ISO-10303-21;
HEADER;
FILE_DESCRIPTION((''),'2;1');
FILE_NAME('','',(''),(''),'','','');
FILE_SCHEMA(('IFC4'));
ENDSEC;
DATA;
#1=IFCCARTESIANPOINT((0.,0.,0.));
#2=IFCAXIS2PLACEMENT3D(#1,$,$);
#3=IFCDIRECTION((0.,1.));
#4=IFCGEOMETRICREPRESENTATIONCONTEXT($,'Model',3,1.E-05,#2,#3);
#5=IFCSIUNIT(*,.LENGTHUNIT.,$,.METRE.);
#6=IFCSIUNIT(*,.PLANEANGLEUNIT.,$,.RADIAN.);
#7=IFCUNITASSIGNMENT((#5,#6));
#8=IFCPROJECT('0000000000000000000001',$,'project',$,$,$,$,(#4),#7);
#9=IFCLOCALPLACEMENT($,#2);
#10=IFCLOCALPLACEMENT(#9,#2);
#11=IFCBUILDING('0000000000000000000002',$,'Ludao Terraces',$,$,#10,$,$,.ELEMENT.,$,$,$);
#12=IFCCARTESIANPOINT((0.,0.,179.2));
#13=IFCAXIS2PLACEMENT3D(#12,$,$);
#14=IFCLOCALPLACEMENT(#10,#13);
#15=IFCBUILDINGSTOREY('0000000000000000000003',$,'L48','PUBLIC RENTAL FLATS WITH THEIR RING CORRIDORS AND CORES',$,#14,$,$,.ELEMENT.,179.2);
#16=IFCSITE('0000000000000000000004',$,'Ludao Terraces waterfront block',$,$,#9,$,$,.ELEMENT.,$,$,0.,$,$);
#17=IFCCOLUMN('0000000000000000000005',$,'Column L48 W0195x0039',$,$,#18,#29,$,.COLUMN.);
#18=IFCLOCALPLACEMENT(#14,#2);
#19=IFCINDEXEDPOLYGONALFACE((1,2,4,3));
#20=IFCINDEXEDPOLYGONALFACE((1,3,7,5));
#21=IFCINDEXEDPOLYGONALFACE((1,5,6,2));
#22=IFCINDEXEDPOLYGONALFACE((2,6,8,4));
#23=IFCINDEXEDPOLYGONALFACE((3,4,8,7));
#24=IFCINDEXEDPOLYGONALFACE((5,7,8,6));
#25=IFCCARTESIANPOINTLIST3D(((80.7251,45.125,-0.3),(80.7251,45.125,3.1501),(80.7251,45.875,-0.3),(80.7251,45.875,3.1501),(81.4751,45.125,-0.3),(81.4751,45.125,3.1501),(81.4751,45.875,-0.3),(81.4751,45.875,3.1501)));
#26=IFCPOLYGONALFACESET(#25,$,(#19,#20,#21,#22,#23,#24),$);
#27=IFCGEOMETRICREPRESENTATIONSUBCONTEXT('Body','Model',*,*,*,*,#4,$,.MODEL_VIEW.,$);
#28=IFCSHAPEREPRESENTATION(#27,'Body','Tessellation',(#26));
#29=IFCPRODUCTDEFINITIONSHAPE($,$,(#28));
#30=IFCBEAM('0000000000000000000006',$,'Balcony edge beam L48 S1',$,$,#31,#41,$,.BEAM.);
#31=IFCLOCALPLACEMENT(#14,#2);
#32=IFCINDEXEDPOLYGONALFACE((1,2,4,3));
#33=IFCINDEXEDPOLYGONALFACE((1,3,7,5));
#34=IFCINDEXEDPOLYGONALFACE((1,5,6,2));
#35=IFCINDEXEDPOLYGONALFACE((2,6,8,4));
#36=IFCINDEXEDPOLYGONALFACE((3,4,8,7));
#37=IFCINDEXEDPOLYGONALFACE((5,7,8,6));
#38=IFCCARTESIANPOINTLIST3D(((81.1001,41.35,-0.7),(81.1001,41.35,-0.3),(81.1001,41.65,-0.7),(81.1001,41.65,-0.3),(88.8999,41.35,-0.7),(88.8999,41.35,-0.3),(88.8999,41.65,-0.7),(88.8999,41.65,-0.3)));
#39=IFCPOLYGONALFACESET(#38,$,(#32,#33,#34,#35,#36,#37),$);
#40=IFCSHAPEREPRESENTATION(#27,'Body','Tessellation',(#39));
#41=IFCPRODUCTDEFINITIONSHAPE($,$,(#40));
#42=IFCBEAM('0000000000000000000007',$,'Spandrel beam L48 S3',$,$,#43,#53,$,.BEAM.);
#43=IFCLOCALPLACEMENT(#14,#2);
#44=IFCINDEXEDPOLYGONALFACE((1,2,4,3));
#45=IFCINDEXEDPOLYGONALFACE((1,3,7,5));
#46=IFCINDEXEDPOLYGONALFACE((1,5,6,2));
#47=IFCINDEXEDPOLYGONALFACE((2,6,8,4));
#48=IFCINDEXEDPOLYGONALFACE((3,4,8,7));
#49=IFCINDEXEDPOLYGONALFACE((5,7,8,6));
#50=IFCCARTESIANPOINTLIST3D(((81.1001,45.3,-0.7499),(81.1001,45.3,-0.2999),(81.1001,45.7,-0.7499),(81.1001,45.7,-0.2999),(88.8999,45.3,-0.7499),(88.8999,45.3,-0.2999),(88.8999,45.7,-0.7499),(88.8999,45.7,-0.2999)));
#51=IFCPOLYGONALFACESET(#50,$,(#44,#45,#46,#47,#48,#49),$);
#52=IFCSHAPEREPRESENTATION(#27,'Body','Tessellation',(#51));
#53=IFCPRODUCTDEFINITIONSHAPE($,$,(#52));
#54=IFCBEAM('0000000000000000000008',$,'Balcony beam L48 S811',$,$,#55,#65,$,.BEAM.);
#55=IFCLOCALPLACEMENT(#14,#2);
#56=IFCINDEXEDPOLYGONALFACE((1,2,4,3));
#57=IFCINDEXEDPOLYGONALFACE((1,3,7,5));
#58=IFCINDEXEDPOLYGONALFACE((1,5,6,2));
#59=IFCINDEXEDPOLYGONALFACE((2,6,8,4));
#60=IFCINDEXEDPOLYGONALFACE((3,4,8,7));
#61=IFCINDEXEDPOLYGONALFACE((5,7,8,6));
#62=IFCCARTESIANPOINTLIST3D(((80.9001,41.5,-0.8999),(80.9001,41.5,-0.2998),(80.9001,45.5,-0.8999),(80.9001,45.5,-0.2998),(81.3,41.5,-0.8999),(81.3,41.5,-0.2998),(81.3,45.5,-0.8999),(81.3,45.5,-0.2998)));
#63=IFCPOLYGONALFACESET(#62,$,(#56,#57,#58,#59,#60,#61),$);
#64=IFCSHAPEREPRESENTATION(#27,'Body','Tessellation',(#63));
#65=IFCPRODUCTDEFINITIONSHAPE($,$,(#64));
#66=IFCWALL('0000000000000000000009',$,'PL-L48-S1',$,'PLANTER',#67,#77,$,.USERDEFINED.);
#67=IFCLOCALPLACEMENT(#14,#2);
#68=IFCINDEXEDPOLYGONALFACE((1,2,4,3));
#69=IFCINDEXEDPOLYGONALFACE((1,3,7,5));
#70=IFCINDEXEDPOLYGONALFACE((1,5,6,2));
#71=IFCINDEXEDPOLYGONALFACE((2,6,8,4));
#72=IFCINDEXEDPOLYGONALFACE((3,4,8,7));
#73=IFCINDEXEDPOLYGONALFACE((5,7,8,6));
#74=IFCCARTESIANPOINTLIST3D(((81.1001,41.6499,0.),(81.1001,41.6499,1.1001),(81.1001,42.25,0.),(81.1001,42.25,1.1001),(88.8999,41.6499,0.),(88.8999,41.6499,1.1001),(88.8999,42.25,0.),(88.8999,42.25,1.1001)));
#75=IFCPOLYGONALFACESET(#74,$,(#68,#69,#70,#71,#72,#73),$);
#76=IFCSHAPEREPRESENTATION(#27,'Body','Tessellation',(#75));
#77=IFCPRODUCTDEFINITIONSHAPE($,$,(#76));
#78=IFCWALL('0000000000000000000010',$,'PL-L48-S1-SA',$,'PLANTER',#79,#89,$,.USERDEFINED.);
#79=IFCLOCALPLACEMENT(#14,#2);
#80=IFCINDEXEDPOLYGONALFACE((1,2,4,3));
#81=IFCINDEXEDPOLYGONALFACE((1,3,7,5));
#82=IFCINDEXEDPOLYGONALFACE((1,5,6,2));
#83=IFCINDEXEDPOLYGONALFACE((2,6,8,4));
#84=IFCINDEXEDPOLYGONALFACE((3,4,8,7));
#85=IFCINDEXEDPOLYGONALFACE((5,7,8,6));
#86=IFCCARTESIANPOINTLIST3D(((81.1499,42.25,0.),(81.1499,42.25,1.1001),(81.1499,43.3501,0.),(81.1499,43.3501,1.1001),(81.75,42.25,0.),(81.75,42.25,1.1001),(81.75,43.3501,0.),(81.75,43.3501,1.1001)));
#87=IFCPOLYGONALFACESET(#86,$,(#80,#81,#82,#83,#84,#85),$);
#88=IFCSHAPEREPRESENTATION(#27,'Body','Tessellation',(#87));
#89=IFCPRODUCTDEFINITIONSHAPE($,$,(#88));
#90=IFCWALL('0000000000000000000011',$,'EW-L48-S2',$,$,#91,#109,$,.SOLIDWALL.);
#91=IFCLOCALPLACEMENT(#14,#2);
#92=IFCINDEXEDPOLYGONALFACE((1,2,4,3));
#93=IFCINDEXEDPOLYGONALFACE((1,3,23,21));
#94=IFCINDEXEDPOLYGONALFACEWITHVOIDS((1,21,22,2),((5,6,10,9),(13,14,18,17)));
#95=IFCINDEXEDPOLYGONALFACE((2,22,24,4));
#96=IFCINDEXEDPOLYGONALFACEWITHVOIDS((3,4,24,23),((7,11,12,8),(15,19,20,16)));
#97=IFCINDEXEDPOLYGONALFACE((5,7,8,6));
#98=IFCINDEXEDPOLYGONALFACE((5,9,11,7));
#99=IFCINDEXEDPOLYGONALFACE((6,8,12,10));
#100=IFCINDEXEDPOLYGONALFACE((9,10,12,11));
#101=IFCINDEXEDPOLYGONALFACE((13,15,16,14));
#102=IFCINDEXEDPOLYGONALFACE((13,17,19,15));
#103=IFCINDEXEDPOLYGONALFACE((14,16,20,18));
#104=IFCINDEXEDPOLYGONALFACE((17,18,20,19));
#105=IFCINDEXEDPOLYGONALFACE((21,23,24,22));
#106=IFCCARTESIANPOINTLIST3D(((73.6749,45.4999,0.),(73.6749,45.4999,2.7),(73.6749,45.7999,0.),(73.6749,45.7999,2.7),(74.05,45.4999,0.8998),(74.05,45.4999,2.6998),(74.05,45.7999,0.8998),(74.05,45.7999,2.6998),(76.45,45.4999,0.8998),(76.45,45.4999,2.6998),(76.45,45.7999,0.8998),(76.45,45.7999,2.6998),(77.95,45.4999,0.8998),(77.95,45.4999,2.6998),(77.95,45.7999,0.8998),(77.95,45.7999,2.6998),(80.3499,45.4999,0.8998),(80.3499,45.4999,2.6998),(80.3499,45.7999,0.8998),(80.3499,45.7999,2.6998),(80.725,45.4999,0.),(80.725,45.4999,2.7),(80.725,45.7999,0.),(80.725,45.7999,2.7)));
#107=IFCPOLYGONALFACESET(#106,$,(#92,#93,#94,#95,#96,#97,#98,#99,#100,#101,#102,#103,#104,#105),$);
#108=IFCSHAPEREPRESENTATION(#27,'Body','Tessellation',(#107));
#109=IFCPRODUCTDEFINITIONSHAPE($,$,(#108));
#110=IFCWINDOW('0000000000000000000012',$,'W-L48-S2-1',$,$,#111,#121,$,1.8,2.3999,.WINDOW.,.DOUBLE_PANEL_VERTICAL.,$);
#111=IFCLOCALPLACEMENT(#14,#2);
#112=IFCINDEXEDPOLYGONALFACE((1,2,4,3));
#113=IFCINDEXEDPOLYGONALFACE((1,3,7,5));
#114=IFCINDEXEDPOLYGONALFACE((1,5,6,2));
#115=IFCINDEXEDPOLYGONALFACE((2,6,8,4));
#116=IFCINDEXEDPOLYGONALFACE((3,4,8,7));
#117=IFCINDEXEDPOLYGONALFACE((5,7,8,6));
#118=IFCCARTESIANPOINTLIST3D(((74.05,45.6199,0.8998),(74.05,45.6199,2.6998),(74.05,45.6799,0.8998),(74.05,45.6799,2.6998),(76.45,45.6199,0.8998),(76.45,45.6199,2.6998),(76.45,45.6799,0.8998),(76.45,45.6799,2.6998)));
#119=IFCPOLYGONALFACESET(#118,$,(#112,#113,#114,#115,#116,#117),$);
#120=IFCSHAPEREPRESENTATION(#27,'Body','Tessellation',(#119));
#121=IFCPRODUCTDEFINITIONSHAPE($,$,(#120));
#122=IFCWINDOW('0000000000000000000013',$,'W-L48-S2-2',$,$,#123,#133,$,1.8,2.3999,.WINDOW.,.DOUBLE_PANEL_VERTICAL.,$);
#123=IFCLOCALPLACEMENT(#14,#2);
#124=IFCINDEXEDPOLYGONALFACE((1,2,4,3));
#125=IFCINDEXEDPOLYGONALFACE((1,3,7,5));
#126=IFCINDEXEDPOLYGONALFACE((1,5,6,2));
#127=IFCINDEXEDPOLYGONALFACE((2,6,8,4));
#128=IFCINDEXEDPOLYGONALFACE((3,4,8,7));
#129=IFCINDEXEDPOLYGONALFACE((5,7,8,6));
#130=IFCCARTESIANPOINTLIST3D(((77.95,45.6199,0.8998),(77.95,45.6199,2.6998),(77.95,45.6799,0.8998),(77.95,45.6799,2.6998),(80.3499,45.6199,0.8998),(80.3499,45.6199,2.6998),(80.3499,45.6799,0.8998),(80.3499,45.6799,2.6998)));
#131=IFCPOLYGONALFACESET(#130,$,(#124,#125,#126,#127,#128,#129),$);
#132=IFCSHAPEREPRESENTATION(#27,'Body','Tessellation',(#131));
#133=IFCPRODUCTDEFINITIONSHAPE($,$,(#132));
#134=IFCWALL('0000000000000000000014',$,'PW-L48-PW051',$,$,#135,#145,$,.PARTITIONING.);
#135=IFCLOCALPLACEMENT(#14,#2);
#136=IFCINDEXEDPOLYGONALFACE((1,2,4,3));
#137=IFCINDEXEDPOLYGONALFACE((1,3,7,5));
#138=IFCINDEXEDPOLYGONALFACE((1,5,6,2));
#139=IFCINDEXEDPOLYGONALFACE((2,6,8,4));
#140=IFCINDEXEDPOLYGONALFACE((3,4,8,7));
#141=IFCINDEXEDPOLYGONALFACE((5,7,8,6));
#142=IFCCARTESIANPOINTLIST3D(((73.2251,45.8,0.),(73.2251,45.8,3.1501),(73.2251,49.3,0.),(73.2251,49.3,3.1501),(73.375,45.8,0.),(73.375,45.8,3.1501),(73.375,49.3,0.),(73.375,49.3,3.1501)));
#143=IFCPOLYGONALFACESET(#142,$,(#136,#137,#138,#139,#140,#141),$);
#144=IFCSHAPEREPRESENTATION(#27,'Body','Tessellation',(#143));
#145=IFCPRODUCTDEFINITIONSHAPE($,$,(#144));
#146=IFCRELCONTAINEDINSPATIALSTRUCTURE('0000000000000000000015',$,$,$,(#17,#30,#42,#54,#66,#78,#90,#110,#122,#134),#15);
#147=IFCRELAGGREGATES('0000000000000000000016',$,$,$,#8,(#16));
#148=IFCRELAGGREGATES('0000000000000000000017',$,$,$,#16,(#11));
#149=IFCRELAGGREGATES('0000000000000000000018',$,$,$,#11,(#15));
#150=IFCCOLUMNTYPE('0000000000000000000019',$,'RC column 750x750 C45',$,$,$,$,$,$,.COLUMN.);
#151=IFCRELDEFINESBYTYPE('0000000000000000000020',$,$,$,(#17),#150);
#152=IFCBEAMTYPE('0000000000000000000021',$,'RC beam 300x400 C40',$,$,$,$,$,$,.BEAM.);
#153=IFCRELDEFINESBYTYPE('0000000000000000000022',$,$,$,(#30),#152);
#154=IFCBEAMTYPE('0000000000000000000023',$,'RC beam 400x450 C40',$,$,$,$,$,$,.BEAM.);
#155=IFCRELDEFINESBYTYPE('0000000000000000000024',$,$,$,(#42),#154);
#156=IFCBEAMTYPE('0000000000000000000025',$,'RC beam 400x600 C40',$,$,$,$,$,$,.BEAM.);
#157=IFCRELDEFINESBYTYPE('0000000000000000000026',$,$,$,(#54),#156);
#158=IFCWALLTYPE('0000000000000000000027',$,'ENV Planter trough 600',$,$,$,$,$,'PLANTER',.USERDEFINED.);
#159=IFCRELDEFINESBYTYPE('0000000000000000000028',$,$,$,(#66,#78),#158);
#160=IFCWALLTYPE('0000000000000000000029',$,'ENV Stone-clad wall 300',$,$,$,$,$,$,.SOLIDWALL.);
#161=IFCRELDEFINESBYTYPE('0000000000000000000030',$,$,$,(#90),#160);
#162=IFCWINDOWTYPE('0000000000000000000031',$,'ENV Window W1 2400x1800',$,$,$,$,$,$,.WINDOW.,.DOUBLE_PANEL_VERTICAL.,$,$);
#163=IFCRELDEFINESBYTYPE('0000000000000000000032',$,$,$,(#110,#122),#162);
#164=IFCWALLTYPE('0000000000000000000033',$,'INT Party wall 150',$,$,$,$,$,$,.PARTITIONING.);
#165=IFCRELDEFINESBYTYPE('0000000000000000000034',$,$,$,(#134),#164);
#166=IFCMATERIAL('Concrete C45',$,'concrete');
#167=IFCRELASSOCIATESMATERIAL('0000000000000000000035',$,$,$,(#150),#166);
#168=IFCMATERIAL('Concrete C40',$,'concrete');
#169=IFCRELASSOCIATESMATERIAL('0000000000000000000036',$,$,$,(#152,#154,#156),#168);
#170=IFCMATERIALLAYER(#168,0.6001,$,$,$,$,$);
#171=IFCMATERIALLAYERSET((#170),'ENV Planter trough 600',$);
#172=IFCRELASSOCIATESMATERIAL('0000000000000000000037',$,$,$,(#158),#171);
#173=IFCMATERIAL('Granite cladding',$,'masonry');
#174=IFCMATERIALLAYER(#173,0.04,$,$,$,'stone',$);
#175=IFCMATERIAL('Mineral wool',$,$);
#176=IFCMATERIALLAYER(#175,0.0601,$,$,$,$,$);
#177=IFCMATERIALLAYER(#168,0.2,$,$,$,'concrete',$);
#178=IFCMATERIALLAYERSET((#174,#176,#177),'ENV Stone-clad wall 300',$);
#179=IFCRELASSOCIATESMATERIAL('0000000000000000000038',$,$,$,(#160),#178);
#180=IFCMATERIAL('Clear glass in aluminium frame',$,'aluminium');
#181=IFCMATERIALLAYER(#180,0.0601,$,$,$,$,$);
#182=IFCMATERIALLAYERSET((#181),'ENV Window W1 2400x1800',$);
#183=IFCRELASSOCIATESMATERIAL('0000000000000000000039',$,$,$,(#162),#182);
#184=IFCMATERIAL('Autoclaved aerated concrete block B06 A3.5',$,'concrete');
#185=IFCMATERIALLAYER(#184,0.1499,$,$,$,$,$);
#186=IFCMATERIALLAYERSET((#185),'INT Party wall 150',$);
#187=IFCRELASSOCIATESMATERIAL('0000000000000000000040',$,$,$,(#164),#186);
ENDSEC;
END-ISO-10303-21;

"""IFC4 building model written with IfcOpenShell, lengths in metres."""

from ifc_helpers import new_model, si_unit, direction, frame, frame_2d, origin, origin_2d, place, context, subcontext, project, spatial, rectangle, extrude, material, layer, layer_set, material_profile, profile_set, type_object, element, fill, save


model = new_model("IFC4")

# Units and contexts
model_context = context("Model", 3, precision=1e-05, world=origin(), true_north=direction((0.0, 1.0)))
body_context = subcontext(model_context, "Body", "Model", "MODEL_VIEW")
ifc_project = project(units=[si_unit("LENGTHUNIT", "METRE"), si_unit("PLANEANGLEUNIT", "RADIAN")], contexts=[model_context])

# Site, building, storey
site_placement = place(None, origin())
site = spatial("IfcSite", under=ifc_project, at=site_placement, Name="Ludao Terraces waterfront block", CompositionType="ELEMENT", RefElevation=0.0)
building_placement = place(site_placement, origin())
building = spatial("IfcBuilding", under=site, at=building_placement, Name="Ludao Terraces", CompositionType="ELEMENT")
storey_placement = place(building_placement, frame((0.0, 0.0, 179.2)))
storey = spatial("IfcBuildingStorey", under=building, at=storey_placement, Name="L48", Description="PUBLIC RENTAL FLATS WITH THEIR RING CORRIDORS AND CORES", CompositionType="ELEMENT", Elevation=179.2)

# Column
ifc_material_1 = material(Name="Concrete C45", Category="concrete")
ifc_material_profile_1 = material_profile(ifc_material_1, rectangle(XDim=0.75, YDim=0.75, at=origin_2d()), Name="750 X 750")
ifc_profile_set_1 = profile_set([ifc_material_profile_1], Name="Concrete C45")
column_type = type_object("IfcColumnType", Name="RC column 750x750 C45", PredefinedType="COLUMN", material=ifc_profile_set_1)
column_placement = place(storey_placement, frame((81.1001, 45.5, -0.3), z_axis=(0.0, 0.0, 1.0), x_axis=(1.0, 0.0, 0.0)))
element("IfcColumn", 1, at=column_placement, inside=storey, type_object=column_type, Name="Column L48 W0195x0039", PredefinedType="COLUMN", context=body_context, shape_type="SweptSolid", body=[
    extrude(rectangle(XDim=0.75, YDim=0.75, at=origin_2d()), origin(), (0.0, 0.0, 1.0), 3.4502),
])

# Beams
ifc_material_2 = material(Name="Concrete C40", Category="concrete")
ifc_material_profile_2 = material_profile(ifc_material_2, rectangle(XDim=0.3, YDim=0.3999, at=origin_2d()), Name="300 X 400")
ifc_profile_set_2 = profile_set([ifc_material_profile_2], Name="Concrete C40")
beam_type_1 = type_object("IfcBeamType", Name="RC beam 300x400 C40", PredefinedType="BEAM", material=ifc_profile_set_2)
beam_1_placement = place(storey_placement, frame((81.1001, 41.5, -0.5), z_axis=(1.0, 0.0, 0.0), x_axis=(0.0, 1.0, 0.0)))
element("IfcBeam", 2, at=beam_1_placement, inside=storey, type_object=beam_type_1, Name="Balcony edge beam L48 S1", PredefinedType="BEAM", context=body_context, shape_type="SweptSolid", body=[
    extrude(rectangle(XDim=0.3, YDim=0.3999, at=origin_2d()), origin(), (0.0, 0.0, 1.0), 7.7998),
])
ifc_material_profile_3 = material_profile(ifc_material_2, rectangle(XDim=0.3999, YDim=0.45, at=origin_2d()), Name="400 X 450")
ifc_profile_set_3 = profile_set([ifc_material_profile_3], Name="Concrete C40")
beam_type_2 = type_object("IfcBeamType", Name="RC beam 400x450 C40", PredefinedType="BEAM", material=ifc_profile_set_3)
beam_2_placement = place(storey_placement, frame((81.1001, 45.5, -0.5249), z_axis=(1.0, 0.0, 0.0), x_axis=(0.0, 1.0, 0.0)))
element("IfcBeam", 3, at=beam_2_placement, inside=storey, type_object=beam_type_2, Name="Spandrel beam L48 S3", PredefinedType="BEAM", context=body_context, shape_type="SweptSolid", body=[
    extrude(rectangle(XDim=0.3999, YDim=0.45, at=origin_2d()), origin(), (0.0, 0.0, 1.0), 7.7998),
])
ifc_material_profile_4 = material_profile(ifc_material_2, rectangle(XDim=0.3999, YDim=0.6001, at=origin_2d()), Name="400 X 600")
ifc_profile_set_4 = profile_set([ifc_material_profile_4], Name="Concrete C40")
beam_type_3 = type_object("IfcBeamType", Name="RC beam 400x600 C40", PredefinedType="BEAM", material=ifc_profile_set_4)
beam_3_placement = place(storey_placement, frame((81.1001, 45.5, -0.5999), z_axis=(0.0, -1.0, 0.0), x_axis=(1.0, 0.0, 0.0)))
element("IfcBeam", 4, at=beam_3_placement, inside=storey, type_object=beam_type_3, Name="Balcony beam L48 S811", PredefinedType="BEAM", context=body_context, shape_type="SweptSolid", body=[
    extrude(rectangle(XDim=0.3999, YDim=0.6001, at=origin_2d()), origin(), (0.0, 0.0, 1.0), 4.0),
])

# Walls
ifc_layer_1 = layer(ifc_material_2, 0.6001)
ifc_layer_set_1 = layer_set([ifc_layer_1], Name="ENV Planter trough 600")
wall_type_1 = type_object("IfcWallType", Name="ENV Planter trough 600", ElementType="PLANTER", PredefinedType="USERDEFINED", material=ifc_layer_set_1)
wall_1_placement = place(storey_placement, frame((81.1001, 41.95, 0.0), z_axis=(0.0, 0.0, 1.0), x_axis=(1.0, 0.0, 0.0)))
element("IfcWall", 5, at=wall_1_placement, inside=storey, type_object=wall_type_1, Name="PL-L48-S1", ObjectType="PLANTER", PredefinedType="USERDEFINED", context=body_context, shape_type="SweptSolid", body=[
    extrude(rectangle(XDim=7.7998, YDim=0.6001, at=frame_2d((3.8999, 0.0))), origin(), (0.0, 0.0, 1.0), 1.1001),
])
wall_2_placement = place(storey_placement, frame((81.45, 42.25, 0.0), z_axis=(0.0, 0.0, 1.0), x_axis=(0.0, 1.0, 0.0)))
element("IfcWall", 6, at=wall_2_placement, inside=storey, type_object=wall_type_1, Name="PL-L48-S1-SA", ObjectType="PLANTER", PredefinedType="USERDEFINED", context=body_context, shape_type="SweptSolid", body=[
    extrude(rectangle(XDim=1.1001, YDim=0.6001, at=frame_2d((0.55, 0.0))), origin(), (0.0, 0.0, 1.0), 1.1001),
])

# Wall, openings, windows
ifc_material_3 = material(Name="Granite cladding", Category="masonry")
ifc_layer_2 = layer(ifc_material_3, 0.04, Category="stone")
ifc_material_4 = material(Name="Mineral wool")
ifc_layer_3 = layer(ifc_material_4, 0.0601)
ifc_layer_4 = layer(ifc_material_2, 0.2, Category="concrete")
ifc_layer_set_2 = layer_set([ifc_layer_2, ifc_layer_3, ifc_layer_4], Name="ENV Stone-clad wall 300")
wall_type_2 = type_object("IfcWallType", Name="ENV Stone-clad wall 300", PredefinedType="SOLIDWALL", material=ifc_layer_set_2)
wall_3_placement = place(storey_placement, frame((73.675, 45.6499, 0.0), z_axis=(0.0, 0.0, 1.0), x_axis=(1.0, 0.0, 0.0)))
wall_3 = element("IfcWall", 7, at=wall_3_placement, inside=storey, type_object=wall_type_2, Name="EW-L48-S2", PredefinedType="SOLIDWALL", context=body_context, shape_type="SweptSolid", body=[
    extrude(rectangle(XDim=7.05, YDim=0.3, at=frame_2d((3.5249, 0.0))), origin(), (0.0, 0.0, 1.0), 2.7),
])
opening_1_placement = place(wall_3_placement, frame((0.375, 0.0, 0.8999)))
opening_1 = element("IfcOpeningElement", 8, at=opening_1_placement, cuts=wall_3, PredefinedType="OPENING", context=body_context, shape_type="SweptSolid", body=[
    extrude(rectangle(XDim=2.3999, YDim=1.8, at=frame_2d((1.2, 0.8999))), frame((0.0, 0.1602, 0.0), z_axis=(0.0, -1.0, 0.0), x_axis=(1.0, 0.0, 0.0)), (0.0, 0.0, 1.0), 0.3201),
])
opening_2_placement = place(wall_3_placement, frame((4.2749, 0.0, 0.8999)))
opening_2 = element("IfcOpeningElement", 9, at=opening_2_placement, cuts=wall_3, PredefinedType="OPENING", context=body_context, shape_type="SweptSolid", body=[
    extrude(rectangle(XDim=2.3999, YDim=1.8, at=frame_2d((1.2, 0.8999))), frame((0.0, 0.1602, 0.0), z_axis=(0.0, -1.0, 0.0), x_axis=(1.0, 0.0, 0.0)), (0.0, 0.0, 1.0), 0.3201),
])
ifc_material_5 = material(Name="Clear glass in aluminium frame", Category="aluminium")
ifc_layer_5 = layer(ifc_material_5, 0.0601)
ifc_layer_set_3 = layer_set([ifc_layer_5], Name="ENV Window W1 2400x1800")
window_type = type_object("IfcWindowType", Name="ENV Window W1 2400x1800", PartitioningType="DOUBLE_PANEL_VERTICAL", PredefinedType="WINDOW", material=ifc_layer_set_3)
window_1_placement = place(opening_1_placement, origin())
window_1 = element("IfcWindow", 10, at=window_1_placement, inside=storey, type_object=window_type, Name="W-L48-S2-1", OverallHeight=1.8, OverallWidth=2.3999, PartitioningType="DOUBLE_PANEL_VERTICAL", PredefinedType="WINDOW", context=body_context, shape_type="SweptSolid", body=[
    extrude(rectangle(XDim=2.3999, YDim=1.8, at=frame_2d((1.2, 0.8999))), frame((0.0, 0.03, 0.0), z_axis=(0.0, -1.0, 0.0), x_axis=(1.0, 0.0, 0.0)), (0.0, 0.0, 1.0), 0.0601),
])
fill(opening_1, window_1)
window_2_placement = place(opening_2_placement, origin())
window_2 = element("IfcWindow", 11, at=window_2_placement, inside=storey, type_object=window_type, Name="W-L48-S2-2", OverallHeight=1.8, OverallWidth=2.3999, PartitioningType="DOUBLE_PANEL_VERTICAL", PredefinedType="WINDOW", context=body_context, shape_type="SweptSolid", body=[
    extrude(rectangle(XDim=2.3999, YDim=1.8, at=frame_2d((1.2, 0.8999))), frame((0.0, 0.03, 0.0), z_axis=(0.0, -1.0, 0.0), x_axis=(1.0, 0.0, 0.0)), (0.0, 0.0, 1.0), 0.0601),
])
fill(opening_2, window_2)

# Wall
ifc_material_6 = material(Name="Autoclaved aerated concrete block B06 A3.5", Category="concrete")
ifc_layer_6 = layer(ifc_material_6, 0.1499)
ifc_layer_set_4 = layer_set([ifc_layer_6], Name="INT Party wall 150")
wall_type_3 = type_object("IfcWallType", Name="INT Party wall 150", PredefinedType="PARTITIONING", material=ifc_layer_set_4)
wall_4_placement = place(storey_placement, frame((73.3, 45.8, 0.0), z_axis=(0.0, 0.0, 1.0), x_axis=(0.0, 1.0, 0.0)))
element("IfcWall", 12, at=wall_4_placement, inside=storey, type_object=wall_type_3, Name="PW-L48-PW051", PredefinedType="PARTITIONING", context=body_context, shape_type="SweptSolid", body=[
    extrude(rectangle(XDim=3.5, YDim=0.1499, at=frame_2d((1.75, 0.0))), origin(), (0.0, 0.0, 1.0), 3.1501),
])

save(model, "model.ifc")
